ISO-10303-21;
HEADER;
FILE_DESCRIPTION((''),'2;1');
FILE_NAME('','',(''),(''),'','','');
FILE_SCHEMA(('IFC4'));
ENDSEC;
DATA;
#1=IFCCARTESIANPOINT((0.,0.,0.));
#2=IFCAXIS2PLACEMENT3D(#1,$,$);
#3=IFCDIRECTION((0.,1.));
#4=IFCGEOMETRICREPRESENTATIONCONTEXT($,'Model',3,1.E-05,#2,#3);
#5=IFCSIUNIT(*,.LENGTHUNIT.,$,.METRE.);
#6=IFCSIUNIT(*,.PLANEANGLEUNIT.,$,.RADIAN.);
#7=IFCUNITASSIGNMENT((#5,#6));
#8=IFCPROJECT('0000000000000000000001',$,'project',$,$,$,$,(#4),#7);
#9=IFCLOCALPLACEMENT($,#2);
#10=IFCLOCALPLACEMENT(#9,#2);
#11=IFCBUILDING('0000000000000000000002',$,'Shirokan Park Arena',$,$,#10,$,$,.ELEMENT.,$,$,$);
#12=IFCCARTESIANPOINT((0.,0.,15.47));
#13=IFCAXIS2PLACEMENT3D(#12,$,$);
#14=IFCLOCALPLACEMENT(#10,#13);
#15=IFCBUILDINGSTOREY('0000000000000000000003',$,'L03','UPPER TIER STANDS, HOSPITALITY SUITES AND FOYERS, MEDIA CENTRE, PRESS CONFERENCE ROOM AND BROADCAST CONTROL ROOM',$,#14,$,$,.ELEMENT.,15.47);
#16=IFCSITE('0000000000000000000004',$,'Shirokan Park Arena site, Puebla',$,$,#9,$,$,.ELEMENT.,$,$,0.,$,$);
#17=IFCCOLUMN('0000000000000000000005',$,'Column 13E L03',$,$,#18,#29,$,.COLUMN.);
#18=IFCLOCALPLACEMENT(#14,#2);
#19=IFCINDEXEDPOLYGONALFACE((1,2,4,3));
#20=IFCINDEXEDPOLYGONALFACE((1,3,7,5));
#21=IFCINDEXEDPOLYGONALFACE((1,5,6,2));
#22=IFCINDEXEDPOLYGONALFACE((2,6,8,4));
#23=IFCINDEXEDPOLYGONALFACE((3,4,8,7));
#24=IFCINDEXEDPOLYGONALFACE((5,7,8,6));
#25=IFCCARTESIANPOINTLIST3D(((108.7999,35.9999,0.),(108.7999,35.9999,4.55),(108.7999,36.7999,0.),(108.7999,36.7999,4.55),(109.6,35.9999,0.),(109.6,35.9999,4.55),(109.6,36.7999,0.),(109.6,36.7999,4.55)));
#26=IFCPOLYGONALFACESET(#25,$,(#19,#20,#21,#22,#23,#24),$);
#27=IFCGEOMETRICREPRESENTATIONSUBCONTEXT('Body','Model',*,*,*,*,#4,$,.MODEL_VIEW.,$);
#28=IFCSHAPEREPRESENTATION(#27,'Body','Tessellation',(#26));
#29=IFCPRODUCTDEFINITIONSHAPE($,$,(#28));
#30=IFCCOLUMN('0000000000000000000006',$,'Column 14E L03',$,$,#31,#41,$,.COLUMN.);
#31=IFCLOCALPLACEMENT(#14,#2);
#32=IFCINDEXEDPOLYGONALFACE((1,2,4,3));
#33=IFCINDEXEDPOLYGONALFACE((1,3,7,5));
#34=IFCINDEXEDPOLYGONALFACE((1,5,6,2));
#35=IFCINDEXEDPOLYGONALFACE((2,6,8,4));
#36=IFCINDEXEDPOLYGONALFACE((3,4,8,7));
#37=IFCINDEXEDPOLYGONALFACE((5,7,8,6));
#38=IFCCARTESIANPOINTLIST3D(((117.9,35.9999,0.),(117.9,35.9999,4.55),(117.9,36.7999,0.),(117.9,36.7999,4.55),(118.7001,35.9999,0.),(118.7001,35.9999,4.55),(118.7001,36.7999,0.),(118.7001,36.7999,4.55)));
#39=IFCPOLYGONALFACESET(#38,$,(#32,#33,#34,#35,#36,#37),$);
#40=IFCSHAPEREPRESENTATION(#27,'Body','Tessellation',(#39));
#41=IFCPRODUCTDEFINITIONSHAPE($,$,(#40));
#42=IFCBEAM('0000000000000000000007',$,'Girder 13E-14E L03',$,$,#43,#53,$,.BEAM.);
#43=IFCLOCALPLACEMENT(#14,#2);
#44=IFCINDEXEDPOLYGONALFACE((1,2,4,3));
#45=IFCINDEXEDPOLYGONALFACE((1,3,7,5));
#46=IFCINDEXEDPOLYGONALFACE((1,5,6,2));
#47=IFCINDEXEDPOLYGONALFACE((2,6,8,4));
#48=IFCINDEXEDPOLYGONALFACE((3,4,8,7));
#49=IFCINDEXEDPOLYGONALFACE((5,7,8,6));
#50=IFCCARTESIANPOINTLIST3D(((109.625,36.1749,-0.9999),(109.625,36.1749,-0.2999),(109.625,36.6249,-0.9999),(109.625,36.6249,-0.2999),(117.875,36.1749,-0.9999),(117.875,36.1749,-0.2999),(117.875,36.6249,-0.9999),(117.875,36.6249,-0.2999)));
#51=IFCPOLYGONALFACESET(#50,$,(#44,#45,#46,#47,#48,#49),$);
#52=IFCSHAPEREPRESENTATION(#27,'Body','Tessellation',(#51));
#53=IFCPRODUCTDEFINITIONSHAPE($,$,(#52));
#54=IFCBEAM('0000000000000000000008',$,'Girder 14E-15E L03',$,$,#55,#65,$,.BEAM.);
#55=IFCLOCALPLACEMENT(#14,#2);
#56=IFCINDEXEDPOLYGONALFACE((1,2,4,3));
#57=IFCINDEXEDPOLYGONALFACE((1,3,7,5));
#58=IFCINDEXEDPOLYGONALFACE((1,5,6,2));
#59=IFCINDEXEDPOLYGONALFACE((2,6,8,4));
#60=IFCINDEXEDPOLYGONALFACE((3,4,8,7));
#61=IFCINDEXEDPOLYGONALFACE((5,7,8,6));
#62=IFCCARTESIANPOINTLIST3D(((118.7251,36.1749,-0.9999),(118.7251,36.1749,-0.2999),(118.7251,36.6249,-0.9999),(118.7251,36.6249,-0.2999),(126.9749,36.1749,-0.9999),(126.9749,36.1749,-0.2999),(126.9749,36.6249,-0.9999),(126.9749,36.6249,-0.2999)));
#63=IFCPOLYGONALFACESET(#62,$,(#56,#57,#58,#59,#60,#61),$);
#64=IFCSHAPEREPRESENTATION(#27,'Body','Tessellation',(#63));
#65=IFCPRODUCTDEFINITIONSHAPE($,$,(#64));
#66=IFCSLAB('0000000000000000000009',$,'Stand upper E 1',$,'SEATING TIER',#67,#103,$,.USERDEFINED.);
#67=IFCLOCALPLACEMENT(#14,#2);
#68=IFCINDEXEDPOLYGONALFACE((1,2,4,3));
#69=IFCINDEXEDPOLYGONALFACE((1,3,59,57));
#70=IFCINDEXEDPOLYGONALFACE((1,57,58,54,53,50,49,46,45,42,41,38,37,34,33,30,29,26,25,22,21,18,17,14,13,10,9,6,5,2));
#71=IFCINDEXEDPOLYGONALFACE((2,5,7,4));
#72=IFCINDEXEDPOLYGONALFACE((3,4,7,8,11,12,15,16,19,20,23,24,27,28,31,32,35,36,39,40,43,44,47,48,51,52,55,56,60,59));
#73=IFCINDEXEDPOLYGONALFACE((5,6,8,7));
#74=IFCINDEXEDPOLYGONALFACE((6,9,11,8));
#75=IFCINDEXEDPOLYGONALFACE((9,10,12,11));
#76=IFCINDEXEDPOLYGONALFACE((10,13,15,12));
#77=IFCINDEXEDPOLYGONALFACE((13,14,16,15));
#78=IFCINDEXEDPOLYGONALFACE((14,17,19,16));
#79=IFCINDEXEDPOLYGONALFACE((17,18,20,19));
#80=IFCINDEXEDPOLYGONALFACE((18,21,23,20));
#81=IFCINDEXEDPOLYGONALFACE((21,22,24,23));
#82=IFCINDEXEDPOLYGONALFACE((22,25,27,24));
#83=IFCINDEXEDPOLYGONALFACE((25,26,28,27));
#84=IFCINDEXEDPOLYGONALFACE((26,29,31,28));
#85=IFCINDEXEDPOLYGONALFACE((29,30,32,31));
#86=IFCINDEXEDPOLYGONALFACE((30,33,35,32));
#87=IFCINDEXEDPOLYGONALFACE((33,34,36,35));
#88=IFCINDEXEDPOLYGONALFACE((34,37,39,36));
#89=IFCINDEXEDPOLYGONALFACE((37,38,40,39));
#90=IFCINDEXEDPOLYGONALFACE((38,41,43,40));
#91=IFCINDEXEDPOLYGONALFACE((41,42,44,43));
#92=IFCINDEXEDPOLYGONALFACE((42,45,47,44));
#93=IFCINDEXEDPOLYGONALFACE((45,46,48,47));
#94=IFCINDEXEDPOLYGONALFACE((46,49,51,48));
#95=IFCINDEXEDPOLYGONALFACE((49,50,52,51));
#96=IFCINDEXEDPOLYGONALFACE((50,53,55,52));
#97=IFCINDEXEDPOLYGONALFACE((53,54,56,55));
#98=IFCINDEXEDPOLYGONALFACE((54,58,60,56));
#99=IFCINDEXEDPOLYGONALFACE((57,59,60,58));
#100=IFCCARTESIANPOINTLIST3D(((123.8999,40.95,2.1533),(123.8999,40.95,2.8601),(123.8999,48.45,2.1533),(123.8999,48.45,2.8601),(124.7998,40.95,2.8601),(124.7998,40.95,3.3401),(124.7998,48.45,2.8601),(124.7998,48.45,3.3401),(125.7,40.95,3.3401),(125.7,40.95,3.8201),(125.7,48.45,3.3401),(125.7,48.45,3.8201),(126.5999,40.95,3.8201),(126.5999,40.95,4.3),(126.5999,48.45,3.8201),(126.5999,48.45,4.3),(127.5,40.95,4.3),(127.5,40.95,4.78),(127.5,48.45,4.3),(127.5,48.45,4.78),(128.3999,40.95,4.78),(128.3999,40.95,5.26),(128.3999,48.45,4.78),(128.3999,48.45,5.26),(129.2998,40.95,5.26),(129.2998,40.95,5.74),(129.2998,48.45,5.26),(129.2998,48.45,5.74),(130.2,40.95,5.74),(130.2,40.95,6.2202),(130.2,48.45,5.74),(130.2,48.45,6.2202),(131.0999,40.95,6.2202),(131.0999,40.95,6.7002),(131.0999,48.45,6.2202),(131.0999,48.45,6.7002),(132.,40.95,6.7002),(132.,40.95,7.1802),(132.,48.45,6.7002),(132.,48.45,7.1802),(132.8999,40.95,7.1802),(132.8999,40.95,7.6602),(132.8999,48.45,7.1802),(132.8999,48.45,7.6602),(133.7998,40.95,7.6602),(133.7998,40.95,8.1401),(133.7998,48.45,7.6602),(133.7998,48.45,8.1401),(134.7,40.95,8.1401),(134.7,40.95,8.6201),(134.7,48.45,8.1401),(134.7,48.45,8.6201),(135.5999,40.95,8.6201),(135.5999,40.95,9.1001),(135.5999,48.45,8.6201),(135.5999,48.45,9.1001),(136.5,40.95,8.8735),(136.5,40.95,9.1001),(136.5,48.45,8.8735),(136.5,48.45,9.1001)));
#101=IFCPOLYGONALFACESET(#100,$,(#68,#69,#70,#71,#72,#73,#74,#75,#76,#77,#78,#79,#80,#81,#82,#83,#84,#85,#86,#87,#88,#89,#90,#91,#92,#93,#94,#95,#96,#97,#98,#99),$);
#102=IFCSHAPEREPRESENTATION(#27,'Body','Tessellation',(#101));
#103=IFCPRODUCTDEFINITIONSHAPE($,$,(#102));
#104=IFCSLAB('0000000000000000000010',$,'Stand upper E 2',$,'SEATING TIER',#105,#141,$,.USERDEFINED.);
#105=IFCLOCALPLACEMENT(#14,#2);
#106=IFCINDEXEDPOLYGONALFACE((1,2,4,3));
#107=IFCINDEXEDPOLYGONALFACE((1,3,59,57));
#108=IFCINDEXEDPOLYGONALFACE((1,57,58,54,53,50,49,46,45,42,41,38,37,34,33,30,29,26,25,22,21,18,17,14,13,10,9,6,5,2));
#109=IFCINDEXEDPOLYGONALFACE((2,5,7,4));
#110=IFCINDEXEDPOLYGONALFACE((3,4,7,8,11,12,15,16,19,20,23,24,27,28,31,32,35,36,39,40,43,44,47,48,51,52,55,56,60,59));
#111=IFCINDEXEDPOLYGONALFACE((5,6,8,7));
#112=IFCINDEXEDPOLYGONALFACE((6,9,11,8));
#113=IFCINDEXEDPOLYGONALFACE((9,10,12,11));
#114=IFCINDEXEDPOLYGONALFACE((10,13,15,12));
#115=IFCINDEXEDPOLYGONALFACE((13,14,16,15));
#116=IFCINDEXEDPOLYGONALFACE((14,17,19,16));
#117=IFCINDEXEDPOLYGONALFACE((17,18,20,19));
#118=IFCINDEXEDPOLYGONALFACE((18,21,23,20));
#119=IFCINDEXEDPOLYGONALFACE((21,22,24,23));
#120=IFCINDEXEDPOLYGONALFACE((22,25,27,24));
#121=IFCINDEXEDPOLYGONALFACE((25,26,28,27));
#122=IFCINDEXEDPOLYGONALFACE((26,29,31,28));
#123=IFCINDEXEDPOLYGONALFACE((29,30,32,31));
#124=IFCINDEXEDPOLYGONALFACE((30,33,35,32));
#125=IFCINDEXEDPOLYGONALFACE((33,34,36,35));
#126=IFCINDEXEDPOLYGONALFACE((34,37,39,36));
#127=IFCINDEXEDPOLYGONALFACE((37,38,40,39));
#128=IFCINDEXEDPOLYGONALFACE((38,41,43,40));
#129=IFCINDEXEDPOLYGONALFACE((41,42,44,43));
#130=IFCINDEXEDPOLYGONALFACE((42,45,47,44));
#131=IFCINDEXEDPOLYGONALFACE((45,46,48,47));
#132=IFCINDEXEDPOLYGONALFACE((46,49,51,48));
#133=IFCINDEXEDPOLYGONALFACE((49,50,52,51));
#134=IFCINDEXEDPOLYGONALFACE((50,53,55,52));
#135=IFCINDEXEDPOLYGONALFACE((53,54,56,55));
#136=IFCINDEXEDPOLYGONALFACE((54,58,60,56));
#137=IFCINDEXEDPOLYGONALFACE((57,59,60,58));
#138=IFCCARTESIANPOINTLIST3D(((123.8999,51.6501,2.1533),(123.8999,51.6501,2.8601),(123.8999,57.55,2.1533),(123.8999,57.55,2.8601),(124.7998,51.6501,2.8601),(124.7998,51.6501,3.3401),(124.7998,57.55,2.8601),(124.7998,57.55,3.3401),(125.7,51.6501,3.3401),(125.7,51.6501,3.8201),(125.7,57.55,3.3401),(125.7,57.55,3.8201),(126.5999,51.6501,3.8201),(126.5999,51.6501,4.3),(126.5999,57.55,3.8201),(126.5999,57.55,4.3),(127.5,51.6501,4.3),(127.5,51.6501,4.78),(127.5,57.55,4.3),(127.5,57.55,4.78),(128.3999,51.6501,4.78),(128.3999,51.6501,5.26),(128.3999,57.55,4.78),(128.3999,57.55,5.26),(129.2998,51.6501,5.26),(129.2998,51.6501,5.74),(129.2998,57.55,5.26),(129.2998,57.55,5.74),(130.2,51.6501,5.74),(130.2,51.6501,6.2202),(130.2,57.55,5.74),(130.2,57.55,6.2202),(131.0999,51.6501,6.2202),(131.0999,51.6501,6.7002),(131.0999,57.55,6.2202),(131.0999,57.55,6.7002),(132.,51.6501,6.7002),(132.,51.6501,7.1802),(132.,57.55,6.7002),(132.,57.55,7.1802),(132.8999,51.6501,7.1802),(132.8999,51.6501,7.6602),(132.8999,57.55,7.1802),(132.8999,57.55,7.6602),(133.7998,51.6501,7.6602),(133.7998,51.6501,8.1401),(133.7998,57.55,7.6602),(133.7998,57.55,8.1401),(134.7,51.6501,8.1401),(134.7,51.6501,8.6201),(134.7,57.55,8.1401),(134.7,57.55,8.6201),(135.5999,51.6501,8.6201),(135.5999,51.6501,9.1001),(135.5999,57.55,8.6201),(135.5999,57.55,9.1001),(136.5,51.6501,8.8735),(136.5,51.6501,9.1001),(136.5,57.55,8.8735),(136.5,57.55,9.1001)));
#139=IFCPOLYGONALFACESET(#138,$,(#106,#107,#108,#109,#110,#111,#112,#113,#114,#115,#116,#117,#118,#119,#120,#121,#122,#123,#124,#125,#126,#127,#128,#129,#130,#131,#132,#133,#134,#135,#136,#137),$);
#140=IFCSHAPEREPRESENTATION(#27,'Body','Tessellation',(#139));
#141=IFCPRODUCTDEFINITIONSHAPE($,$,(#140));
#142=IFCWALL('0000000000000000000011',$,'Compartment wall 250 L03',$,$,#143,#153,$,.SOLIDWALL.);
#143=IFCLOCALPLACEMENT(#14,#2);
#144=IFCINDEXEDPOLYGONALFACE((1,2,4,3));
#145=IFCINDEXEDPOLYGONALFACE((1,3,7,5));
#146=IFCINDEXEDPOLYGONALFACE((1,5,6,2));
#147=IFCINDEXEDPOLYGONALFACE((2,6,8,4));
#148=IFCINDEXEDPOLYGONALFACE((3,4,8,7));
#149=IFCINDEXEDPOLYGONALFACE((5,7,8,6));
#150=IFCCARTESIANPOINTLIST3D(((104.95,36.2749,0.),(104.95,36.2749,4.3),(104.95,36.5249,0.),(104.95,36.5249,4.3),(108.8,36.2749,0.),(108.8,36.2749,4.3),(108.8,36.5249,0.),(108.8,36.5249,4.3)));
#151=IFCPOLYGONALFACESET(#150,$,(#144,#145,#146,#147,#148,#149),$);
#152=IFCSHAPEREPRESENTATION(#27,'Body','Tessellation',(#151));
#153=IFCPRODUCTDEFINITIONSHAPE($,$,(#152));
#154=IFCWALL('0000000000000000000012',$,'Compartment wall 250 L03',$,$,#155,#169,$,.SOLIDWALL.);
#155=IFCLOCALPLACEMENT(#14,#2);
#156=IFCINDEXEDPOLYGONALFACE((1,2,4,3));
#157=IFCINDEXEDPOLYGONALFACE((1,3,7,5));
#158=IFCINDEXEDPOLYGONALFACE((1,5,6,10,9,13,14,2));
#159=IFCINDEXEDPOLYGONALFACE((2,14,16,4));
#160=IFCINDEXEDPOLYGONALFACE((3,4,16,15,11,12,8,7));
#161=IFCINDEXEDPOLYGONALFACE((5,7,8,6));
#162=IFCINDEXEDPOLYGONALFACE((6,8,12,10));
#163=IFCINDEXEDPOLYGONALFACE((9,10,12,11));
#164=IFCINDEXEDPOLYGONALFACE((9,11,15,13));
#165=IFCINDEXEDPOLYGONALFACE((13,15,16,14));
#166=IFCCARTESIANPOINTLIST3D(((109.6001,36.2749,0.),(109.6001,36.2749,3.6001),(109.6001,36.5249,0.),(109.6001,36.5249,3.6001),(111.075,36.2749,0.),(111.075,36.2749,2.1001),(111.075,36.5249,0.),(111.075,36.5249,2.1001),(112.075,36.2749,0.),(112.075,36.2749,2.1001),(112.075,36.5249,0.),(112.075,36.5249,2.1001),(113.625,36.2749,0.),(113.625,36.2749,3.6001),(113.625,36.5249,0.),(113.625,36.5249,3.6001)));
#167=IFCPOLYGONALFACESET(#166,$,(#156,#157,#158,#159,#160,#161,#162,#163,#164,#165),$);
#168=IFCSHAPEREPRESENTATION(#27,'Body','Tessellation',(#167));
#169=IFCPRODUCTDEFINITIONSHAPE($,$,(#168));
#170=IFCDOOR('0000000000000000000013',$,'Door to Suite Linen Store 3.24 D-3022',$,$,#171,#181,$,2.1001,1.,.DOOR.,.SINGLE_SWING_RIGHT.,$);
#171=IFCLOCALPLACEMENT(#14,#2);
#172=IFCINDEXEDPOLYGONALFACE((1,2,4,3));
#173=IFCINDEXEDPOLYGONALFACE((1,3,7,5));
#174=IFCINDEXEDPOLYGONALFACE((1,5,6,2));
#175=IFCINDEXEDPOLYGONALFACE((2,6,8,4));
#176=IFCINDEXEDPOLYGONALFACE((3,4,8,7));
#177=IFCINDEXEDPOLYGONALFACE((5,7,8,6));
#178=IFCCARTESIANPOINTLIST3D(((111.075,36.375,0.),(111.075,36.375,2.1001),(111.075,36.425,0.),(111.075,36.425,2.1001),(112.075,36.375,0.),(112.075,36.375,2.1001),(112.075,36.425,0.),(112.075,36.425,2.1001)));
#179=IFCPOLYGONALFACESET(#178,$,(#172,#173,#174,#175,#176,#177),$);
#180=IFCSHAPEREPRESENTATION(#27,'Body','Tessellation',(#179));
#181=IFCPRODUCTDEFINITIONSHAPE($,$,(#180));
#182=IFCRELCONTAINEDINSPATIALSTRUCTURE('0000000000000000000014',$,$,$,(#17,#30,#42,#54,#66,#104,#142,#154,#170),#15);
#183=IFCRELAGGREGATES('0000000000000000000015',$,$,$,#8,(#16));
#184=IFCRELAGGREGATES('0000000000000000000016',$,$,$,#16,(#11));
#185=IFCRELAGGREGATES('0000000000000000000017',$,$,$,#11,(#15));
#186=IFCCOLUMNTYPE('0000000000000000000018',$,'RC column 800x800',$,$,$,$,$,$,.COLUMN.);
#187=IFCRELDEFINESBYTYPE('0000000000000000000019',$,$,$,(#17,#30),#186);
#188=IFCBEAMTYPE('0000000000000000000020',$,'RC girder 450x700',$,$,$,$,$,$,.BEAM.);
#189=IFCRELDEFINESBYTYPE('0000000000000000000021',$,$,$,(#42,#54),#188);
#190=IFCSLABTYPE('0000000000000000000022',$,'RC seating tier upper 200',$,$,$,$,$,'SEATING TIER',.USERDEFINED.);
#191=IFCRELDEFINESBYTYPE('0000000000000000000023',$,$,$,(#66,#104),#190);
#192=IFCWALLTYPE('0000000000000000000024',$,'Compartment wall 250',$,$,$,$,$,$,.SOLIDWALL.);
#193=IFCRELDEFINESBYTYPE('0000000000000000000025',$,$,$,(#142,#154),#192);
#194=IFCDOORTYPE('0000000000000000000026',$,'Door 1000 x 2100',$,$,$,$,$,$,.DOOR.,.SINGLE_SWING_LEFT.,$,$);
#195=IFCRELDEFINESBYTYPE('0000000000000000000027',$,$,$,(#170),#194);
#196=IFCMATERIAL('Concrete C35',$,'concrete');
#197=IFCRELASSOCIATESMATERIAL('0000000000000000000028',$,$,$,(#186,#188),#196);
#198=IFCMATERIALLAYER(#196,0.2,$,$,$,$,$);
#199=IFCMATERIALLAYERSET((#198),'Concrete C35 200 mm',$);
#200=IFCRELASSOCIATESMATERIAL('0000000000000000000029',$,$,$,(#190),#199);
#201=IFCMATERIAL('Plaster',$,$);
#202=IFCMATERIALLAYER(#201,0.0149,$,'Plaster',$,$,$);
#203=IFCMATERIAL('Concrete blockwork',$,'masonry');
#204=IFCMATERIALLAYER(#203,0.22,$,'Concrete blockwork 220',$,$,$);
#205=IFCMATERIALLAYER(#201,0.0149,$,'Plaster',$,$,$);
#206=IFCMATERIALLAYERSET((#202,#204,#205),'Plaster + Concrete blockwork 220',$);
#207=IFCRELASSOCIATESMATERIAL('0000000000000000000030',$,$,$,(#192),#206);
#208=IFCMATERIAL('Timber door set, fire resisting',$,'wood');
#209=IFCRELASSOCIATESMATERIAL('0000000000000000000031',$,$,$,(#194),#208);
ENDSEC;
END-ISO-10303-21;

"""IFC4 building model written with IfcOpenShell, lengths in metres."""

from ifc_helpers import new_model, si_unit, direction, frame, frame_2d, origin, origin_2d, place, context, subcontext, project, spatial, polyline, rectangle, outline, extrude, material, layer, layer_set, material_profile, profile_set, type_object, element, fill, save


model = new_model("IFC4")

# Units and contexts
model_context = context("Model", 3, precision=1e-05, world=origin(), true_north=direction((0.0, 1.0)))
body_context = subcontext(model_context, "Body", "Model", "MODEL_VIEW")
ifc_project = project(units=[si_unit("LENGTHUNIT", "METRE"), si_unit("PLANEANGLEUNIT", "RADIAN")], contexts=[model_context])

# Site, building, storey
site_placement = place(None, origin())
site = spatial("IfcSite", under=ifc_project, at=site_placement, Name="Shirokan Park Arena site, Puebla", CompositionType="ELEMENT", RefElevation=0.0)
building_placement = place(site_placement, origin())
building = spatial("IfcBuilding", under=site, at=building_placement, Name="Shirokan Park Arena", CompositionType="ELEMENT")
storey_placement = place(building_placement, frame((0.0, 0.0, 15.47)))
storey = spatial("IfcBuildingStorey", under=building, at=storey_placement, Name="L03", Description="UPPER TIER STANDS, HOSPITALITY SUITES AND FOYERS, MEDIA CENTRE, PRESS CONFERENCE ROOM AND BROADCAST CONTROL ROOM", CompositionType="ELEMENT", Elevation=15.47)

# Columns
ifc_material_1 = material(Name="Concrete C35", Category="concrete")
ifc_material_profile_1 = material_profile(ifc_material_1, rectangle(XDim=0.8, YDim=0.8, at=origin_2d()), Name="800x800")
ifc_profile_set_1 = profile_set([ifc_material_profile_1], Name="Concrete C35")
column_type = type_object("IfcColumnType", Name="RC column 800x800", PredefinedType="COLUMN", material=ifc_profile_set_1)
for number, where, z_axis, x_axis, name in (
    (1, (109.2, 36.3999, 0.0), (0.0, 0.0, 1.0), (1.0, 0.0, 0.0), "Column 13E L03"),
    (2, (118.3, 36.3999, 0.0), (0.0, 0.0, 1.0), (1.0, 0.0, 0.0), "Column 14E L03"),
):
    element("IfcColumn", number, at=place(storey_placement, frame(where, z_axis=z_axis, x_axis=x_axis)), inside=storey, type_object=column_type, Name=name, PredefinedType="COLUMN", context=body_context, shape_type="SweptSolid", body=[
        extrude(rectangle(XDim=0.8, YDim=0.8, at=origin_2d()), origin(), (0.0, 0.0, 1.0), 4.55),
    ])

# Beams
ifc_material_profile_2 = material_profile(ifc_material_1, rectangle(XDim=0.45, YDim=0.7, at=origin_2d()), Name="450x700")
ifc_profile_set_2 = profile_set([ifc_material_profile_2], Name="Concrete C35")
beam_type = type_object("IfcBeamType", Name="RC girder 450x700", PredefinedType="BEAM", material=ifc_profile_set_2)
beam_1_placement = place(storey_placement, frame((109.625, 36.3999, -0.6499), z_axis=(1.0, 0.0, 0.0), x_axis=(0.0, 1.0, 0.0)))
element("IfcBeam", 3, at=beam_1_placement, inside=storey, type_object=beam_type, Name="Girder 13E-14E L03", PredefinedType="BEAM", context=body_context, shape_type="SweptSolid", body=[
    extrude(rectangle(XDim=0.45, YDim=0.7, at=origin_2d()), origin(), (0.0, 0.0, 1.0), 8.25),
])
beam_2_placement = place(storey_placement, frame((118.7251, 36.3999, -0.6499), z_axis=(1.0, 0.0, 0.0), x_axis=(0.0, 1.0, 0.0)))
element("IfcBeam", 4, at=beam_2_placement, inside=storey, type_object=beam_type, Name="Girder 14E-15E L03", PredefinedType="BEAM", context=body_context, shape_type="SweptSolid", body=[
    extrude(rectangle(XDim=0.45, YDim=0.7, at=origin_2d()), origin(), (0.0, 0.0, 1.0), 8.2498),
])

# Slabs
ifc_layer_1 = layer(ifc_material_1, 0.2)
ifc_layer_set_1 = layer_set([ifc_layer_1], Name="Concrete C35 200 mm")
slab_type = type_object("IfcSlabType", Name="RC seating tier upper 200", ElementType="SEATING TIER", PredefinedType="USERDEFINED", material=ifc_layer_set_1)
slab_1_placement = place(storey_placement, frame((123.8999, 44.7, 2.8601), z_axis=(0.0, 0.0, 1.0), x_axis=(1.0, 0.0, 0.0)))
element("IfcSlab", 5, at=slab_1_placement, inside=storey, type_object=slab_type, Name="Stand upper E 1", ObjectType="SEATING TIER", PredefinedType="USERDEFINED", context=body_context, shape_type="SweptSolid", body=[
    extrude(outline(polyline([(0.0, 0.0), (0.8999, 0.0), (0.8999, 0.48), (1.8, 0.48), (1.8, 0.96), (2.7, 0.96), (2.7, 1.4399), (3.6001, 1.4399), (3.6001, 1.9199), (4.5, 1.9199), (4.5, 2.3999), (5.3999, 2.3999), (5.3999, 2.8799), (6.3, 2.8799), (6.3, 3.3601), (7.2, 3.3601), (7.2, 3.8401), (8.1001, 3.8401), (8.1001, 4.3201), (9.0, 4.3201), (9.0, 4.8), (9.8999, 4.8), (9.8999, 5.28), (10.8, 5.28), (10.8, 5.76), (11.7, 5.76), (11.7, 6.24), (12.6001, 6.24), (12.6001, 6.0134), (0.0, -0.7068), (0.0, 0.0)])), frame((0.0, 3.75, 0.0), z_axis=(0.0, -1.0, 0.0), x_axis=(1.0, 0.0, 0.0)), (0.0, 0.0, 1.0), 7.5),
])
slab_2_placement = place(storey_placement, frame((123.8999, 54.6001, 2.8601), z_axis=(0.0, 0.0, 1.0), x_axis=(1.0, 0.0, 0.0)))
element("IfcSlab", 6, at=slab_2_placement, inside=storey, type_object=slab_type, Name="Stand upper E 2", ObjectType="SEATING TIER", PredefinedType="USERDEFINED", context=body_context, shape_type="SweptSolid", body=[
    extrude(outline(polyline([(0.0, 0.0), (0.8999, 0.0), (0.8999, 0.48), (1.8, 0.48), (1.8, 0.96), (2.7, 0.96), (2.7, 1.4399), (3.6001, 1.4399), (3.6001, 1.9199), (4.5, 1.9199), (4.5, 2.3999), (5.3999, 2.3999), (5.3999, 2.8799), (6.3, 2.8799), (6.3, 3.3601), (7.2, 3.3601), (7.2, 3.8401), (8.1001, 3.8401), (8.1001, 4.3201), (9.0, 4.3201), (9.0, 4.8), (9.8999, 4.8), (9.8999, 5.28), (10.8, 5.28), (10.8, 5.76), (11.7, 5.76), (11.7, 6.24), (12.6001, 6.24), (12.6001, 6.0134), (0.0, -0.7068), (0.0, 0.0)])), frame((0.0, 2.95, 0.0), z_axis=(0.0, -1.0, 0.0), x_axis=(1.0, 0.0, 0.0)), (0.0, 0.0, 1.0), 5.8999),
])

# Wall
ifc_material_2 = material(Name="Plaster")
ifc_layer_2 = layer(ifc_material_2, 0.0149, Name="Plaster")
ifc_material_3 = material(Name="Concrete blockwork", Category="masonry")
ifc_layer_3 = layer(ifc_material_3, 0.22, Name="Concrete blockwork 220")
ifc_layer_4 = layer(ifc_material_2, 0.0149, Name="Plaster")
ifc_layer_set_2 = layer_set([ifc_layer_2, ifc_layer_3, ifc_layer_4], Name="Plaster + Concrete blockwork 220")
wall_type_1 = type_object("IfcWallType", Name="Compartment wall 250", PredefinedType="SOLIDWALL", material=ifc_layer_set_2)
wall_1_placement = place(storey_placement, frame((108.8, 36.3999, 0.0), z_axis=(0.0, 0.0, 1.0), x_axis=(-1.0, 0.0, 0.0)))
element("IfcWall", 7, at=wall_1_placement, inside=storey, type_object=wall_type_1, Name="Compartment wall 250 L03", PredefinedType="SOLIDWALL", context=body_context, shape_type="SweptSolid", body=[
    extrude(rectangle(XDim=3.8501, YDim=0.25, at=frame_2d((1.925, 0.0))), origin(), (0.0, 0.0, 1.0), 4.3),
])

# Wall, opening, door
wall_2_placement = place(storey_placement, frame((113.625, 36.3999, 0.0), z_axis=(0.0, 0.0, 1.0), x_axis=(-1.0, 0.0, 0.0)))
wall_2 = element("IfcWall", 8, at=wall_2_placement, inside=storey, type_object=wall_type_1, Name="Compartment wall 250 L03", PredefinedType="SOLIDWALL", context=body_context, shape_type="SweptSolid", body=[
    extrude(rectangle(XDim=4.0249, YDim=0.25, at=frame_2d((2.0125, 0.0))), origin(), (0.0, 0.0, 1.0), 3.6001),
])
opening_1_placement = place(wall_2_placement, frame((1.55, 0.0, 0.0)))
opening_1 = element("IfcOpeningElement", 9, at=opening_1_placement, cuts=wall_2, PredefinedType="OPENING", context=body_context, shape_type="SweptSolid", body=[
    extrude(rectangle(XDim=1.0, YDim=2.1001, at=frame_2d((0.5, 1.05))), frame((0.0, 0.135, 0.0), z_axis=(0.0, -1.0, 0.0), x_axis=(1.0, 0.0, 0.0)), (0.0, 0.0, 1.0), 0.27),
])
ifc_material_4 = material(Name="Timber door set, fire resisting", Category="wood")
door_type_1 = type_object("IfcDoorType", Name="Door 1000 x 2100", OperationType="SINGLE_SWING_LEFT", PredefinedType="DOOR", material=ifc_material_4)
door_1_placement = place(opening_1_placement, origin())
door_1 = element("IfcDoor", 10, at=door_1_placement, inside=storey, type_object=door_type_1, Name="Door to Suite Linen Store 3.24 D-3022", OperationType="SINGLE_SWING_RIGHT", OverallHeight=2.1001, OverallWidth=1.0, PredefinedType="DOOR", context=body_context, shape_type="SweptSolid", body=[
    extrude(rectangle(XDim=1.0, YDim=2.1001, at=frame_2d((0.5, 1.05))), frame((0.0, 0.0249, 0.0), z_axis=(0.0, -1.0, 0.0), x_axis=(1.0, 0.0, 0.0)), (0.0, 0.0, 1.0), 0.05),
])
fill(opening_1, door_1)

save(model, "model.ifc")
